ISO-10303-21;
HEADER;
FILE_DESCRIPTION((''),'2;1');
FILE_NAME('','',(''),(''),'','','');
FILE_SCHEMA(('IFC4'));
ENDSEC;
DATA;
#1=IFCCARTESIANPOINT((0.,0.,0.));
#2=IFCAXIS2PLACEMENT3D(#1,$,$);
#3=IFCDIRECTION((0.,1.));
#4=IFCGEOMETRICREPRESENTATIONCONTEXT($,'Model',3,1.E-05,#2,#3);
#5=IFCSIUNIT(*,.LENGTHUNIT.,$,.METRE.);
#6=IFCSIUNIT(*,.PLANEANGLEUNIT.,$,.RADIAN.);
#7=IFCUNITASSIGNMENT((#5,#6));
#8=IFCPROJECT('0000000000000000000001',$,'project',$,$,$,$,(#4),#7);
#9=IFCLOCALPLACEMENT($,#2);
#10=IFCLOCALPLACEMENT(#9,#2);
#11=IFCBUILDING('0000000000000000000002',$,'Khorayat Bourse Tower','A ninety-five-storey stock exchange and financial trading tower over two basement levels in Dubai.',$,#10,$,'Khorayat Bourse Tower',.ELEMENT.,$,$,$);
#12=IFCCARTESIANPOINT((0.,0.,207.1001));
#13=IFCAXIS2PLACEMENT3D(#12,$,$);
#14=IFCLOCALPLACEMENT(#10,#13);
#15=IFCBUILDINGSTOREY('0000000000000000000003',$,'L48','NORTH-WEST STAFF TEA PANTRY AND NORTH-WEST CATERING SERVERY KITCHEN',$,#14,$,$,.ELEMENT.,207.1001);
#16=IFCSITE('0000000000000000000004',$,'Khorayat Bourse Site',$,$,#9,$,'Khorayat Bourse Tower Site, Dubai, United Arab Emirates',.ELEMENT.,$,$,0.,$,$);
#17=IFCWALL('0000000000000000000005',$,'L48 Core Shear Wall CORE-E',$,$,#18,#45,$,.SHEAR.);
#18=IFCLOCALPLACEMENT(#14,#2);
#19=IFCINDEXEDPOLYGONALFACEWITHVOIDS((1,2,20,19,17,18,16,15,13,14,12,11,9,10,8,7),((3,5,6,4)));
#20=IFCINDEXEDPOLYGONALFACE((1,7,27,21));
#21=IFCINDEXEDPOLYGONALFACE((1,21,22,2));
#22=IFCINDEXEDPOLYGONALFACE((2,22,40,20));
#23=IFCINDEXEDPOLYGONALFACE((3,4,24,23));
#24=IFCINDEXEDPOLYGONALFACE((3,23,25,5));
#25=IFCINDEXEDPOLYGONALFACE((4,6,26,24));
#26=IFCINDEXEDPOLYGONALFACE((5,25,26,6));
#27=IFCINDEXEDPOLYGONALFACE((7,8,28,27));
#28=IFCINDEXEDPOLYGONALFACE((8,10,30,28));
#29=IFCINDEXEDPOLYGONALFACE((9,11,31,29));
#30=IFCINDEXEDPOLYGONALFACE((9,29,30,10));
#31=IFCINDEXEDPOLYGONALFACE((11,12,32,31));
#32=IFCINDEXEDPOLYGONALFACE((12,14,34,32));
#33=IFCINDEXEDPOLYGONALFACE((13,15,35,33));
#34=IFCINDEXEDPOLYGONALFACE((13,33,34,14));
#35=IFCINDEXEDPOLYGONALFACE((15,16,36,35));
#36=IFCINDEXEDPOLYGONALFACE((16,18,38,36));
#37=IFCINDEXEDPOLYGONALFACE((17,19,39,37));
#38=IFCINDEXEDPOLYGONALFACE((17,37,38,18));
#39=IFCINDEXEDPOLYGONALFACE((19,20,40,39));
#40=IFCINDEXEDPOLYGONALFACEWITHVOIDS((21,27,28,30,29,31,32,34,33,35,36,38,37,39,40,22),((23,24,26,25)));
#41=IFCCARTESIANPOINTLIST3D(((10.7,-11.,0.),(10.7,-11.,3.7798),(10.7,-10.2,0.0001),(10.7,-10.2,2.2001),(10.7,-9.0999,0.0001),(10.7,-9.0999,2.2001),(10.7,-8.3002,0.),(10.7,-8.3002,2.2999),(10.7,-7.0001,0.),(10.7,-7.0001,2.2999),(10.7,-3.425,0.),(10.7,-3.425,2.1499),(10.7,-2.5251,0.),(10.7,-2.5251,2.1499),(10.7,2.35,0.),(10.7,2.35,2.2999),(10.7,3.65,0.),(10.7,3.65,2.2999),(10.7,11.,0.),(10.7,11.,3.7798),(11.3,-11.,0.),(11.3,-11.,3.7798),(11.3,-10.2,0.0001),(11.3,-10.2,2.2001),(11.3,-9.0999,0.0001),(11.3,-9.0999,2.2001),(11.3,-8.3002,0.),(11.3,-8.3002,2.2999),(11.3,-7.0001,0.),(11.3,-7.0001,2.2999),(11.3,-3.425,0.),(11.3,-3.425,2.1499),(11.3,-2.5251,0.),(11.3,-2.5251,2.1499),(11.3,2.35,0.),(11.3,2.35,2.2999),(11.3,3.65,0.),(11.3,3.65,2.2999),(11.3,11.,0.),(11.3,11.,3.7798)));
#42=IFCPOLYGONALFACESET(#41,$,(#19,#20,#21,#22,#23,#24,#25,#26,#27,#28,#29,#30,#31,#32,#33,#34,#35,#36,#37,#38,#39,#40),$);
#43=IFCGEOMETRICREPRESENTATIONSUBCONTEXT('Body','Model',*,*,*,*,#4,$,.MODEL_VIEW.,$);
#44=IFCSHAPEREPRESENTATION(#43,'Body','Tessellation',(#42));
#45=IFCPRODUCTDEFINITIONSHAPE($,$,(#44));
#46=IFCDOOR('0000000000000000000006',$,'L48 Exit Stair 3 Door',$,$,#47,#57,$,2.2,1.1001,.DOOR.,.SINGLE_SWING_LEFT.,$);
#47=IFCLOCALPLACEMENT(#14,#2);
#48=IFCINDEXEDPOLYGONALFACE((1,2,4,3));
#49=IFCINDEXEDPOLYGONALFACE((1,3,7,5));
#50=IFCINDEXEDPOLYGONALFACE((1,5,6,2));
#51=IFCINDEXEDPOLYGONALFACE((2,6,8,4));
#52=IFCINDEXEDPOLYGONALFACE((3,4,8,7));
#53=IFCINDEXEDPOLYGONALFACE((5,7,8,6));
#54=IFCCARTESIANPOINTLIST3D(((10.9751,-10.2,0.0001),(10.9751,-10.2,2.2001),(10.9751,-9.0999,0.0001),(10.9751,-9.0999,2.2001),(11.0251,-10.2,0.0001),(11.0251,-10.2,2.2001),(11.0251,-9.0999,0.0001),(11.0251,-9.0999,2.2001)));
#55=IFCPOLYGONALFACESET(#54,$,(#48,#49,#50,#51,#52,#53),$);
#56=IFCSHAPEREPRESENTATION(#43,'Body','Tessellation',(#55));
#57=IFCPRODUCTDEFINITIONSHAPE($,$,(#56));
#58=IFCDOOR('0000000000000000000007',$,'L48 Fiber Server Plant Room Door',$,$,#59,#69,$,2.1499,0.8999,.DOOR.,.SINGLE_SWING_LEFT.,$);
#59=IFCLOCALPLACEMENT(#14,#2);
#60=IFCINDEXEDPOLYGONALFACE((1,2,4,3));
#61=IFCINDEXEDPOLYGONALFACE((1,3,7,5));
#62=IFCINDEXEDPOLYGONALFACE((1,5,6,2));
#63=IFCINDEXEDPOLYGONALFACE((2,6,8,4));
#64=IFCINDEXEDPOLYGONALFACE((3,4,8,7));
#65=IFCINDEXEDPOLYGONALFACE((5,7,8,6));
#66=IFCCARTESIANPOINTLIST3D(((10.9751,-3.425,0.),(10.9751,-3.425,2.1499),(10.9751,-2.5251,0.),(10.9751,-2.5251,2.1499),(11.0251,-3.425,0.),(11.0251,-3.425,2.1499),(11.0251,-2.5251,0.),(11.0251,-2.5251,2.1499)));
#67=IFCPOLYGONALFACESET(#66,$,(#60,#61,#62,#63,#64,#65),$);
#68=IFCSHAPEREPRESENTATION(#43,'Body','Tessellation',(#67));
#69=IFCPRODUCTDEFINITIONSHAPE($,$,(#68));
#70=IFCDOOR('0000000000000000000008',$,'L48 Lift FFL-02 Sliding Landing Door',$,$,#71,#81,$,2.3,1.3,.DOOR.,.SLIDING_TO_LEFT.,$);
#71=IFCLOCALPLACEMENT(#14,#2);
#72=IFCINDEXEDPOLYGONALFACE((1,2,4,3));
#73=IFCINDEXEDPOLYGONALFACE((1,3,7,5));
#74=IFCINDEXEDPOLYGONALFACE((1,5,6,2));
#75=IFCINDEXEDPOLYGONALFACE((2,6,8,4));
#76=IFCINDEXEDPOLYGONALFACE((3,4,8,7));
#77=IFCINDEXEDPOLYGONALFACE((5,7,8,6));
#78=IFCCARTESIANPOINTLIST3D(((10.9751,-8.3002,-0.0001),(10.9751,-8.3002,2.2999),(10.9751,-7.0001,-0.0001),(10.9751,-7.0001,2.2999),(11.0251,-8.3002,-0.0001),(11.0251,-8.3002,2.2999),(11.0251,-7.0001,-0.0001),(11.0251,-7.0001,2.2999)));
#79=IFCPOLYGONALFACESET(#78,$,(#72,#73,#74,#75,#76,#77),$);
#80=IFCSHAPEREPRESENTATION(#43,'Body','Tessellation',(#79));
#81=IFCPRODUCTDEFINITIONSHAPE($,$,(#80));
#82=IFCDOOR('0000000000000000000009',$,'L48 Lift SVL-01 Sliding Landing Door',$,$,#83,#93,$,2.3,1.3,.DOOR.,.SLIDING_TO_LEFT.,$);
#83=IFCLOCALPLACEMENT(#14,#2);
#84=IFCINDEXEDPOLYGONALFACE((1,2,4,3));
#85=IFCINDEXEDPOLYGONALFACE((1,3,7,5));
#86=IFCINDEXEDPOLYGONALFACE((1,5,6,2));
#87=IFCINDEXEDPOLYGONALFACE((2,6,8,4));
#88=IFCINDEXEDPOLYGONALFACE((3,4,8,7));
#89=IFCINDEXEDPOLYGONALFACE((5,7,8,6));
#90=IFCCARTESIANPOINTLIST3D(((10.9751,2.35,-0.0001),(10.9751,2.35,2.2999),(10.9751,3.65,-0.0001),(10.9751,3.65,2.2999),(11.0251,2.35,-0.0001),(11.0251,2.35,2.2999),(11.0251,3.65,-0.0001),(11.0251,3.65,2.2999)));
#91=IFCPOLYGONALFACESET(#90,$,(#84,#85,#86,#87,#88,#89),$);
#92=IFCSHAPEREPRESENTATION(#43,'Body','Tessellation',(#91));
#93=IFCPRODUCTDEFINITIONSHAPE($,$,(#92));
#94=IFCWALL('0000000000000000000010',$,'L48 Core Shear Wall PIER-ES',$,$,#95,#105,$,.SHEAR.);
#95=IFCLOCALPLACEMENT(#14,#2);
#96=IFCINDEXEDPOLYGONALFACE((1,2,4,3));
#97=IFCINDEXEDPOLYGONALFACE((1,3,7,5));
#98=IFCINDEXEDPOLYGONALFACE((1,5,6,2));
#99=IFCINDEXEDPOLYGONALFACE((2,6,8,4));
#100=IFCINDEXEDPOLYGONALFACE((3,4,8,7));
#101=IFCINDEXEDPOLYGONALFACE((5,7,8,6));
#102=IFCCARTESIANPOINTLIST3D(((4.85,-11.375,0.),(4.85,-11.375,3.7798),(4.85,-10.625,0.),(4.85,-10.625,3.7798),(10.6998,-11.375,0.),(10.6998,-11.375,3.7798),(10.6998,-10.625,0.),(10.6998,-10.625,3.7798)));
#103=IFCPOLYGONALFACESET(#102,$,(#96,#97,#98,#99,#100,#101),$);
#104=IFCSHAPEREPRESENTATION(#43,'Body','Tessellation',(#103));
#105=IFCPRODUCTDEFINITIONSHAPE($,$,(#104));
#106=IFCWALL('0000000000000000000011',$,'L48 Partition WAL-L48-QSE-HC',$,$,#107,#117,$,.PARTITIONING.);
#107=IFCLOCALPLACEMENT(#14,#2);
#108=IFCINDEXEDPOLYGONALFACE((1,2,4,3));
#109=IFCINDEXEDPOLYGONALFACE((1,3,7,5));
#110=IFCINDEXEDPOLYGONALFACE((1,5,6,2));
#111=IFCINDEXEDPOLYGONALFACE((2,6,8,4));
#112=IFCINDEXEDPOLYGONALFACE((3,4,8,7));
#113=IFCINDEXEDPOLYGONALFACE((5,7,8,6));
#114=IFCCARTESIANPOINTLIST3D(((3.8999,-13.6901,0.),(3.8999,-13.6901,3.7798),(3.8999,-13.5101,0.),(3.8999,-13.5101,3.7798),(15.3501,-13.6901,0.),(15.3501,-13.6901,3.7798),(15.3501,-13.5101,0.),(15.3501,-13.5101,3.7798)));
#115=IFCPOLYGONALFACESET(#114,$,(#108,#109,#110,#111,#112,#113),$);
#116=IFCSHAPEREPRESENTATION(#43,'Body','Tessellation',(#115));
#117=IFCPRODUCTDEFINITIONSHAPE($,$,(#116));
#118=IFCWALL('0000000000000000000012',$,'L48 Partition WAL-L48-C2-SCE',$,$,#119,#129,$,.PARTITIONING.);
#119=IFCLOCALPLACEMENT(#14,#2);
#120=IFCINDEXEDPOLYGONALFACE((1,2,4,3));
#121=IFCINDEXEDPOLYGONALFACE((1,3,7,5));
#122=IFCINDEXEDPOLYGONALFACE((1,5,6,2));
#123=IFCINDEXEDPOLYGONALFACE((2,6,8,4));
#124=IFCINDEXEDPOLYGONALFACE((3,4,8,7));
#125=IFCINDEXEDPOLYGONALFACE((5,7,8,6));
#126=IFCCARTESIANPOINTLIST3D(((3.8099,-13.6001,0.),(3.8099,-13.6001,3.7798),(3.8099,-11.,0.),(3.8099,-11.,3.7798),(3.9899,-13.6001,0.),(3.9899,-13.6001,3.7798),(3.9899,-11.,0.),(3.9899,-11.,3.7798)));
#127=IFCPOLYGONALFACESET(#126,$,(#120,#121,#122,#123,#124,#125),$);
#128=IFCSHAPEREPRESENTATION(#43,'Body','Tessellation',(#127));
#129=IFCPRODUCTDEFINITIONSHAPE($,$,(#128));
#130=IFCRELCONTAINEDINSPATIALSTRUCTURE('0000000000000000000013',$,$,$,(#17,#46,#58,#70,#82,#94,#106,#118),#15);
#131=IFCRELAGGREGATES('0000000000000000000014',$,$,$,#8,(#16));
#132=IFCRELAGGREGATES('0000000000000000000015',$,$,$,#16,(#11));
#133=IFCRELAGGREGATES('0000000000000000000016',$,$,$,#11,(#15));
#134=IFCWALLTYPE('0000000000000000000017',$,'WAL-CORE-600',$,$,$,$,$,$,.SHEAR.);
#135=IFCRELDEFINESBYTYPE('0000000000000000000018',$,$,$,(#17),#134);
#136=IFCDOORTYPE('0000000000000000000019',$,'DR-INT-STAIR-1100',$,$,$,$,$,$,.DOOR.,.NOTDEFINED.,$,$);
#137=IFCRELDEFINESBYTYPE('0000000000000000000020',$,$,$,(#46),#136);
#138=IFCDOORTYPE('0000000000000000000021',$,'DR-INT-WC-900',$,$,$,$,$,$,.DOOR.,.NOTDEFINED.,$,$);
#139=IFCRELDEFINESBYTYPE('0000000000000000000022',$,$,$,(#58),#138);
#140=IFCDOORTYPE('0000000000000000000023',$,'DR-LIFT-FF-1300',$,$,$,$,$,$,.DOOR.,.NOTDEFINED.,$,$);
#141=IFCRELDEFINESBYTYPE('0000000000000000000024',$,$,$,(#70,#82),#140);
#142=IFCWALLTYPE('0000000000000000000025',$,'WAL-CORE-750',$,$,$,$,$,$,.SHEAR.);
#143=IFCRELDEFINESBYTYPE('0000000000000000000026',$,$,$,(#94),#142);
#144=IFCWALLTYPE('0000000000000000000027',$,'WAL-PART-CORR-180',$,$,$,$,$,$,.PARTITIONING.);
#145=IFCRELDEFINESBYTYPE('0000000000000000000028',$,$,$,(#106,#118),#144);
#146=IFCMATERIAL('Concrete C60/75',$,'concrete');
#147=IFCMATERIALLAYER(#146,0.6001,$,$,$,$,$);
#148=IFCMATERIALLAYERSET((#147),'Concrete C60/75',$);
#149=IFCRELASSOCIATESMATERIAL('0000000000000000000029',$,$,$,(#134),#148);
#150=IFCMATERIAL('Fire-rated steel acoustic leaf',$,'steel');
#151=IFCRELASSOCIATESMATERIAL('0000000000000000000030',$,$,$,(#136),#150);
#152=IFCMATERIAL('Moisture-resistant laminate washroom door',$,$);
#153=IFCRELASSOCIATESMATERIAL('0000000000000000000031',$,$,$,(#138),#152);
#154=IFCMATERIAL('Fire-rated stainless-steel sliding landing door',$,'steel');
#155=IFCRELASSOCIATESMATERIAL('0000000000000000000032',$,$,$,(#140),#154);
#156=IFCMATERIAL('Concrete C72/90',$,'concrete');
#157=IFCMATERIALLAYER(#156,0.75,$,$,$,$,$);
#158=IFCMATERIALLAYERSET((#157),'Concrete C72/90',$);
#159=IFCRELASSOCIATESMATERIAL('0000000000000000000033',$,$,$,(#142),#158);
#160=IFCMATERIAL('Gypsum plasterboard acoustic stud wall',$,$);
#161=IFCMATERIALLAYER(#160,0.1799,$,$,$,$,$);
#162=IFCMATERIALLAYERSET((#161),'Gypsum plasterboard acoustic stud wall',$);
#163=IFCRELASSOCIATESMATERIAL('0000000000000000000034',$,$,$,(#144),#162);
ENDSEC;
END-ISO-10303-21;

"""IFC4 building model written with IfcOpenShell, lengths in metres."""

from ifc_helpers import new_model, si_unit, direction, frame, frame_2d, origin, place, context, subcontext, project, spatial, rectangle, extrude, source, transform, mapped, material, layer, layer_set, type_object, element, fill, save


model = new_model("IFC4")

# Units and contexts
model_context = context("Model", 3, precision=1e-05, world=origin(), true_north=direction((0.0, 1.0)))
body_context = subcontext(model_context, "Body", "Model", "MODEL_VIEW")
ifc_project = project(units=[si_unit("LENGTHUNIT", "METRE"), si_unit("PLANEANGLEUNIT", "RADIAN")], contexts=[model_context])

# Site, building, storey
site_placement = place(None, origin())
site = spatial("IfcSite", under=ifc_project, at=site_placement, Name="Khorayat Bourse Site", LongName="Khorayat Bourse Tower Site, Dubai, United Arab Emirates", CompositionType="ELEMENT", RefElevation=0.0)
building_placement = place(site_placement, origin())
building = spatial("IfcBuilding", under=site, at=building_placement, Name="Khorayat Bourse Tower", Description="A ninety-five-storey stock exchange and financial trading tower over two basement levels in Dubai.", LongName="Khorayat Bourse Tower", CompositionType="ELEMENT")
storey_placement = place(building_placement, frame((0.0, 0.0, 207.1001)))
storey = spatial("IfcBuildingStorey", under=building, at=storey_placement, Name="L48", Description="NORTH-WEST STAFF TEA PANTRY AND NORTH-WEST CATERING SERVERY KITCHEN", CompositionType="ELEMENT", Elevation=207.1001)

# Shared definitions
ifc_material_1 = material(Name="Concrete C60/75", Category="concrete")

# Wall, openings, doors
ifc_layer_1 = layer(ifc_material_1, 0.6001)
ifc_layer_set_1 = layer_set([ifc_layer_1], Name="Concrete C60/75")
wall_type_1 = type_object("IfcWallType", Name="WAL-CORE-600", PredefinedType="SHEAR", material=ifc_layer_set_1)
shared_shape_1 = source(origin(), body_context, "Body", "SweptSolid", [
    extrude(rectangle(XDim=22.0, YDim=0.6001, at=frame_2d((11.0, 0.0))), origin(), (0.0, 0.0, 1.0), 3.7798),
])
wall_1_placement = place(storey_placement, frame((11.0, -11.0, 0.0), z_axis=(0.0, 0.0, 1.0), x_axis=(0.0, 1.0, 0.0)))
wall_1 = element("IfcWall", 1, at=wall_1_placement, inside=storey, type_object=wall_type_1, Name="L48 Core Shear Wall CORE-E", PredefinedType="SHEAR", context=body_context, shape_type="MappedRepresentation", body=[
    mapped(shared_shape_1, transform((0.0, 0.0, 0.0), scale=1.0)),
])
shared_shape_2 = source(origin(), body_context, "Body", "SweptSolid", [
    extrude(rectangle(XDim=1.1001, YDim=2.2, at=frame_2d((0.55, 1.1001))), frame((0.0, 0.3101, 0.0), z_axis=(0.0, -1.0, 0.0), x_axis=(1.0, 0.0, 0.0)), (0.0, 0.0, 1.0), 0.6201),
])
opening_1_placement = place(wall_1_placement, frame((0.8, 0.0, 0.0)))
opening_1 = element("IfcOpeningElement", 2, at=opening_1_placement, cuts=wall_1, PredefinedType="OPENING", context=body_context, shape_type="MappedRepresentation", body=[
    mapped(shared_shape_2, transform((0.0, 0.0, 0.0), scale=1.0)),
])
shared_shape_3 = source(origin(), body_context, "Body", "SweptSolid", [
    extrude(rectangle(XDim=0.8999, YDim=2.1499, at=frame_2d((0.45, 1.075))), frame((0.0, 0.3101, 0.0), z_axis=(0.0, -1.0, 0.0), x_axis=(1.0, 0.0, 0.0)), (0.0, 0.0, 1.0), 0.6201),
])
opening_2_placement = place(wall_1_placement, frame((7.575, 0.0, 0.0)))
opening_2 = element("IfcOpeningElement", 3, at=opening_2_placement, cuts=wall_1, PredefinedType="OPENING", context=body_context, shape_type="MappedRepresentation", body=[
    mapped(shared_shape_3, transform((0.0, 0.0, 0.0), scale=1.0)),
])
shared_shape_4 = source(origin(), body_context, "Body", "SweptSolid", [
    extrude(rectangle(XDim=1.3, YDim=2.3, at=frame_2d((0.6499, 1.1499))), frame((0.0, 0.3101, 0.0), z_axis=(0.0, -1.0, 0.0), x_axis=(1.0, 0.0, 0.0)), (0.0, 0.0, 1.0), 0.6201),
])
opening_3_placement = place(wall_1_placement, frame((2.7, 0.0, 0.0)))
opening_3 = element("IfcOpeningElement", 4, at=opening_3_placement, cuts=wall_1, PredefinedType="OPENING", context=body_context, shape_type="MappedRepresentation", body=[
    mapped(shared_shape_4, transform((0.0, 0.0, 0.0), scale=1.0)),
])
opening_4_placement = place(wall_1_placement, frame((13.3501, 0.0, 0.0)))
opening_4 = element("IfcOpeningElement", 5, at=opening_4_placement, cuts=wall_1, PredefinedType="OPENING", context=body_context, shape_type="MappedRepresentation", body=[
    mapped(shared_shape_4, transform((0.0, 0.0, 0.0), scale=1.0)),
])
ifc_material_2 = material(Name="Fire-rated steel acoustic leaf", Category="steel")
door_type_1 = type_object("IfcDoorType", Name="DR-INT-STAIR-1100", OperationType="NOTDEFINED", PredefinedType="DOOR", material=ifc_material_2)
shared_shape_5 = source(origin(), body_context, "Body", "SweptSolid", [
    extrude(rectangle(XDim=1.1001, YDim=2.2, at=frame_2d((0.55, 1.1001))), frame((0.0, 0.0249, 0.0), z_axis=(0.0, -1.0, 0.0), x_axis=(1.0, 0.0, 0.0)), (0.0, 0.0, 1.0), 0.05),
])
door_1_placement = place(opening_1_placement, origin())
door_1 = element("IfcDoor", 6, at=door_1_placement, inside=storey, type_object=door_type_1, Name="L48 Exit Stair 3 Door", OperationType="SINGLE_SWING_LEFT", OverallHeight=2.2, OverallWidth=1.1001, PredefinedType="DOOR", context=body_context, shape_type="MappedRepresentation", body=[
    mapped(shared_shape_5, transform((0.0, 0.0, 0.0), scale=1.0)),
])
fill(opening_1, door_1)
ifc_material_3 = material(Name="Moisture-resistant laminate washroom door")
door_type_2 = type_object("IfcDoorType", Name="DR-INT-WC-900", OperationType="NOTDEFINED", PredefinedType="DOOR", material=ifc_material_3)
shared_shape_6 = source(origin(), body_context, "Body", "SweptSolid", [
    extrude(rectangle(XDim=0.8999, YDim=2.1499, at=frame_2d((0.45, 1.075))), frame((0.0, 0.0249, 0.0), z_axis=(0.0, -1.0, 0.0), x_axis=(1.0, 0.0, 0.0)), (0.0, 0.0, 1.0), 0.05),
])
door_2_placement = place(opening_2_placement, origin())
door_2 = element("IfcDoor", 7, at=door_2_placement, inside=storey, type_object=door_type_2, Name="L48 Fiber Server Plant Room Door", OperationType="SINGLE_SWING_LEFT", OverallHeight=2.1499, OverallWidth=0.8999, PredefinedType="DOOR", context=body_context, shape_type="MappedRepresentation", body=[
    mapped(shared_shape_6, transform((0.0, 0.0, 0.0), scale=1.0)),
])
fill(opening_2, door_2)
ifc_material_4 = material(Name="Fire-rated stainless-steel sliding landing door", Category="steel")
door_type_3 = type_object("IfcDoorType", Name="DR-LIFT-FF-1300", OperationType="NOTDEFINED", PredefinedType="DOOR", material=ifc_material_4)
shared_shape_7 = source(origin(), body_context, "Body", "SweptSolid", [
    extrude(rectangle(XDim=1.3, YDim=2.3, at=frame_2d((0.6499, 1.1499))), frame((0.0, 0.0249, 0.0), z_axis=(0.0, -1.0, 0.0), x_axis=(1.0, 0.0, 0.0)), (0.0, 0.0, 1.0), 0.05),
])
door_3_placement = place(opening_3_placement, origin())
door_3 = element("IfcDoor", 8, at=door_3_placement, inside=storey, type_object=door_type_3, Name="L48 Lift FFL-02 Sliding Landing Door", OperationType="SLIDING_TO_LEFT", OverallHeight=2.3, OverallWidth=1.3, PredefinedType="DOOR", context=body_context, shape_type="MappedRepresentation", body=[
    mapped(shared_shape_7, transform((0.0, 0.0, 0.0), scale=1.0)),
])
fill(opening_3, door_3)
door_4_placement = place(opening_4_placement, origin())
door_4 = element("IfcDoor", 9, at=door_4_placement, inside=storey, type_object=door_type_3, Name="L48 Lift SVL-01 Sliding Landing Door", OperationType="SLIDING_TO_LEFT", OverallHeight=2.3, OverallWidth=1.3, PredefinedType="DOOR", context=body_context, shape_type="MappedRepresentation", body=[
    mapped(shared_shape_7, transform((0.0, 0.0, 0.0), scale=1.0)),
])
fill(opening_4, door_4)

# Walls
ifc_material_5 = material(Name="Concrete C72/90", Category="concrete")
ifc_layer_2 = layer(ifc_material_5, 0.75)
ifc_layer_set_2 = layer_set([ifc_layer_2], Name="Concrete C72/90")
wall_type_2 = type_object("IfcWallType", Name="WAL-CORE-750", PredefinedType="SHEAR", material=ifc_layer_set_2)
shared_shape_8 = source(origin(), body_context, "Body", "SweptSolid", [
    extrude(rectangle(XDim=5.8499, YDim=0.75, at=frame_2d((2.9248, 0.0))), origin(), (0.0, 0.0, 1.0), 3.7798),
])
wall_2_placement = place(storey_placement, frame((4.8501, -11.0, 0.0), z_axis=(0.0, 0.0, 1.0), x_axis=(1.0, 0.0, 0.0)))
element("IfcWall", 10, at=wall_2_placement, inside=storey, type_object=wall_type_2, Name="L48 Core Shear Wall PIER-ES", PredefinedType="SHEAR", context=body_context, shape_type="MappedRepresentation", body=[
    mapped(shared_shape_8, transform((0.0, 0.0, 0.0), scale=1.0)),
])
ifc_material_6 = material(Name="Gypsum plasterboard acoustic stud wall")
ifc_layer_3 = layer(ifc_material_6, 0.1799)
ifc_layer_set_3 = layer_set([ifc_layer_3], Name="Gypsum plasterboard acoustic stud wall")
wall_type_3 = type_object("IfcWallType", Name="WAL-PART-CORR-180", PredefinedType="PARTITIONING", material=ifc_layer_set_3)
shared_shape_9 = source(origin(), body_context, "Body", "SweptSolid", [
    extrude(rectangle(XDim=11.4502, YDim=0.1799, at=frame_2d((5.7251, 0.0))), origin(), (0.0, 0.0, 1.0), 3.7798),
])
wall_3_placement = place(storey_placement, frame((3.8999, -13.6001, 0.0), z_axis=(0.0, 0.0, 1.0), x_axis=(1.0, 0.0, 0.0)))
element("IfcWall", 11, at=wall_3_placement, inside=storey, type_object=wall_type_3, Name="L48 Partition WAL-L48-QSE-HC", PredefinedType="PARTITIONING", context=body_context, shape_type="MappedRepresentation", body=[
    mapped(shared_shape_9, transform((0.0, 0.0, 0.0), scale=1.0)),
])
shared_shape_10 = source(origin(), body_context, "Body", "SweptSolid", [
    extrude(rectangle(XDim=2.6001, YDim=0.1799, at=frame_2d((1.3, 0.0))), origin(), (0.0, 0.0, 1.0), 3.7798),
])
wall_4_placement = place(storey_placement, frame((3.8999, -13.6001, 0.0), z_axis=(0.0, 0.0, 1.0), x_axis=(0.0, 1.0, 0.0)))
element("IfcWall", 12, at=wall_4_placement, inside=storey, type_object=wall_type_3, Name="L48 Partition WAL-L48-C2-SCE", PredefinedType="PARTITIONING", context=body_context, shape_type="MappedRepresentation", body=[
    mapped(shared_shape_10, transform((0.0, 0.0, 0.0), scale=1.0)),
])

save(model, "model.ifc")
